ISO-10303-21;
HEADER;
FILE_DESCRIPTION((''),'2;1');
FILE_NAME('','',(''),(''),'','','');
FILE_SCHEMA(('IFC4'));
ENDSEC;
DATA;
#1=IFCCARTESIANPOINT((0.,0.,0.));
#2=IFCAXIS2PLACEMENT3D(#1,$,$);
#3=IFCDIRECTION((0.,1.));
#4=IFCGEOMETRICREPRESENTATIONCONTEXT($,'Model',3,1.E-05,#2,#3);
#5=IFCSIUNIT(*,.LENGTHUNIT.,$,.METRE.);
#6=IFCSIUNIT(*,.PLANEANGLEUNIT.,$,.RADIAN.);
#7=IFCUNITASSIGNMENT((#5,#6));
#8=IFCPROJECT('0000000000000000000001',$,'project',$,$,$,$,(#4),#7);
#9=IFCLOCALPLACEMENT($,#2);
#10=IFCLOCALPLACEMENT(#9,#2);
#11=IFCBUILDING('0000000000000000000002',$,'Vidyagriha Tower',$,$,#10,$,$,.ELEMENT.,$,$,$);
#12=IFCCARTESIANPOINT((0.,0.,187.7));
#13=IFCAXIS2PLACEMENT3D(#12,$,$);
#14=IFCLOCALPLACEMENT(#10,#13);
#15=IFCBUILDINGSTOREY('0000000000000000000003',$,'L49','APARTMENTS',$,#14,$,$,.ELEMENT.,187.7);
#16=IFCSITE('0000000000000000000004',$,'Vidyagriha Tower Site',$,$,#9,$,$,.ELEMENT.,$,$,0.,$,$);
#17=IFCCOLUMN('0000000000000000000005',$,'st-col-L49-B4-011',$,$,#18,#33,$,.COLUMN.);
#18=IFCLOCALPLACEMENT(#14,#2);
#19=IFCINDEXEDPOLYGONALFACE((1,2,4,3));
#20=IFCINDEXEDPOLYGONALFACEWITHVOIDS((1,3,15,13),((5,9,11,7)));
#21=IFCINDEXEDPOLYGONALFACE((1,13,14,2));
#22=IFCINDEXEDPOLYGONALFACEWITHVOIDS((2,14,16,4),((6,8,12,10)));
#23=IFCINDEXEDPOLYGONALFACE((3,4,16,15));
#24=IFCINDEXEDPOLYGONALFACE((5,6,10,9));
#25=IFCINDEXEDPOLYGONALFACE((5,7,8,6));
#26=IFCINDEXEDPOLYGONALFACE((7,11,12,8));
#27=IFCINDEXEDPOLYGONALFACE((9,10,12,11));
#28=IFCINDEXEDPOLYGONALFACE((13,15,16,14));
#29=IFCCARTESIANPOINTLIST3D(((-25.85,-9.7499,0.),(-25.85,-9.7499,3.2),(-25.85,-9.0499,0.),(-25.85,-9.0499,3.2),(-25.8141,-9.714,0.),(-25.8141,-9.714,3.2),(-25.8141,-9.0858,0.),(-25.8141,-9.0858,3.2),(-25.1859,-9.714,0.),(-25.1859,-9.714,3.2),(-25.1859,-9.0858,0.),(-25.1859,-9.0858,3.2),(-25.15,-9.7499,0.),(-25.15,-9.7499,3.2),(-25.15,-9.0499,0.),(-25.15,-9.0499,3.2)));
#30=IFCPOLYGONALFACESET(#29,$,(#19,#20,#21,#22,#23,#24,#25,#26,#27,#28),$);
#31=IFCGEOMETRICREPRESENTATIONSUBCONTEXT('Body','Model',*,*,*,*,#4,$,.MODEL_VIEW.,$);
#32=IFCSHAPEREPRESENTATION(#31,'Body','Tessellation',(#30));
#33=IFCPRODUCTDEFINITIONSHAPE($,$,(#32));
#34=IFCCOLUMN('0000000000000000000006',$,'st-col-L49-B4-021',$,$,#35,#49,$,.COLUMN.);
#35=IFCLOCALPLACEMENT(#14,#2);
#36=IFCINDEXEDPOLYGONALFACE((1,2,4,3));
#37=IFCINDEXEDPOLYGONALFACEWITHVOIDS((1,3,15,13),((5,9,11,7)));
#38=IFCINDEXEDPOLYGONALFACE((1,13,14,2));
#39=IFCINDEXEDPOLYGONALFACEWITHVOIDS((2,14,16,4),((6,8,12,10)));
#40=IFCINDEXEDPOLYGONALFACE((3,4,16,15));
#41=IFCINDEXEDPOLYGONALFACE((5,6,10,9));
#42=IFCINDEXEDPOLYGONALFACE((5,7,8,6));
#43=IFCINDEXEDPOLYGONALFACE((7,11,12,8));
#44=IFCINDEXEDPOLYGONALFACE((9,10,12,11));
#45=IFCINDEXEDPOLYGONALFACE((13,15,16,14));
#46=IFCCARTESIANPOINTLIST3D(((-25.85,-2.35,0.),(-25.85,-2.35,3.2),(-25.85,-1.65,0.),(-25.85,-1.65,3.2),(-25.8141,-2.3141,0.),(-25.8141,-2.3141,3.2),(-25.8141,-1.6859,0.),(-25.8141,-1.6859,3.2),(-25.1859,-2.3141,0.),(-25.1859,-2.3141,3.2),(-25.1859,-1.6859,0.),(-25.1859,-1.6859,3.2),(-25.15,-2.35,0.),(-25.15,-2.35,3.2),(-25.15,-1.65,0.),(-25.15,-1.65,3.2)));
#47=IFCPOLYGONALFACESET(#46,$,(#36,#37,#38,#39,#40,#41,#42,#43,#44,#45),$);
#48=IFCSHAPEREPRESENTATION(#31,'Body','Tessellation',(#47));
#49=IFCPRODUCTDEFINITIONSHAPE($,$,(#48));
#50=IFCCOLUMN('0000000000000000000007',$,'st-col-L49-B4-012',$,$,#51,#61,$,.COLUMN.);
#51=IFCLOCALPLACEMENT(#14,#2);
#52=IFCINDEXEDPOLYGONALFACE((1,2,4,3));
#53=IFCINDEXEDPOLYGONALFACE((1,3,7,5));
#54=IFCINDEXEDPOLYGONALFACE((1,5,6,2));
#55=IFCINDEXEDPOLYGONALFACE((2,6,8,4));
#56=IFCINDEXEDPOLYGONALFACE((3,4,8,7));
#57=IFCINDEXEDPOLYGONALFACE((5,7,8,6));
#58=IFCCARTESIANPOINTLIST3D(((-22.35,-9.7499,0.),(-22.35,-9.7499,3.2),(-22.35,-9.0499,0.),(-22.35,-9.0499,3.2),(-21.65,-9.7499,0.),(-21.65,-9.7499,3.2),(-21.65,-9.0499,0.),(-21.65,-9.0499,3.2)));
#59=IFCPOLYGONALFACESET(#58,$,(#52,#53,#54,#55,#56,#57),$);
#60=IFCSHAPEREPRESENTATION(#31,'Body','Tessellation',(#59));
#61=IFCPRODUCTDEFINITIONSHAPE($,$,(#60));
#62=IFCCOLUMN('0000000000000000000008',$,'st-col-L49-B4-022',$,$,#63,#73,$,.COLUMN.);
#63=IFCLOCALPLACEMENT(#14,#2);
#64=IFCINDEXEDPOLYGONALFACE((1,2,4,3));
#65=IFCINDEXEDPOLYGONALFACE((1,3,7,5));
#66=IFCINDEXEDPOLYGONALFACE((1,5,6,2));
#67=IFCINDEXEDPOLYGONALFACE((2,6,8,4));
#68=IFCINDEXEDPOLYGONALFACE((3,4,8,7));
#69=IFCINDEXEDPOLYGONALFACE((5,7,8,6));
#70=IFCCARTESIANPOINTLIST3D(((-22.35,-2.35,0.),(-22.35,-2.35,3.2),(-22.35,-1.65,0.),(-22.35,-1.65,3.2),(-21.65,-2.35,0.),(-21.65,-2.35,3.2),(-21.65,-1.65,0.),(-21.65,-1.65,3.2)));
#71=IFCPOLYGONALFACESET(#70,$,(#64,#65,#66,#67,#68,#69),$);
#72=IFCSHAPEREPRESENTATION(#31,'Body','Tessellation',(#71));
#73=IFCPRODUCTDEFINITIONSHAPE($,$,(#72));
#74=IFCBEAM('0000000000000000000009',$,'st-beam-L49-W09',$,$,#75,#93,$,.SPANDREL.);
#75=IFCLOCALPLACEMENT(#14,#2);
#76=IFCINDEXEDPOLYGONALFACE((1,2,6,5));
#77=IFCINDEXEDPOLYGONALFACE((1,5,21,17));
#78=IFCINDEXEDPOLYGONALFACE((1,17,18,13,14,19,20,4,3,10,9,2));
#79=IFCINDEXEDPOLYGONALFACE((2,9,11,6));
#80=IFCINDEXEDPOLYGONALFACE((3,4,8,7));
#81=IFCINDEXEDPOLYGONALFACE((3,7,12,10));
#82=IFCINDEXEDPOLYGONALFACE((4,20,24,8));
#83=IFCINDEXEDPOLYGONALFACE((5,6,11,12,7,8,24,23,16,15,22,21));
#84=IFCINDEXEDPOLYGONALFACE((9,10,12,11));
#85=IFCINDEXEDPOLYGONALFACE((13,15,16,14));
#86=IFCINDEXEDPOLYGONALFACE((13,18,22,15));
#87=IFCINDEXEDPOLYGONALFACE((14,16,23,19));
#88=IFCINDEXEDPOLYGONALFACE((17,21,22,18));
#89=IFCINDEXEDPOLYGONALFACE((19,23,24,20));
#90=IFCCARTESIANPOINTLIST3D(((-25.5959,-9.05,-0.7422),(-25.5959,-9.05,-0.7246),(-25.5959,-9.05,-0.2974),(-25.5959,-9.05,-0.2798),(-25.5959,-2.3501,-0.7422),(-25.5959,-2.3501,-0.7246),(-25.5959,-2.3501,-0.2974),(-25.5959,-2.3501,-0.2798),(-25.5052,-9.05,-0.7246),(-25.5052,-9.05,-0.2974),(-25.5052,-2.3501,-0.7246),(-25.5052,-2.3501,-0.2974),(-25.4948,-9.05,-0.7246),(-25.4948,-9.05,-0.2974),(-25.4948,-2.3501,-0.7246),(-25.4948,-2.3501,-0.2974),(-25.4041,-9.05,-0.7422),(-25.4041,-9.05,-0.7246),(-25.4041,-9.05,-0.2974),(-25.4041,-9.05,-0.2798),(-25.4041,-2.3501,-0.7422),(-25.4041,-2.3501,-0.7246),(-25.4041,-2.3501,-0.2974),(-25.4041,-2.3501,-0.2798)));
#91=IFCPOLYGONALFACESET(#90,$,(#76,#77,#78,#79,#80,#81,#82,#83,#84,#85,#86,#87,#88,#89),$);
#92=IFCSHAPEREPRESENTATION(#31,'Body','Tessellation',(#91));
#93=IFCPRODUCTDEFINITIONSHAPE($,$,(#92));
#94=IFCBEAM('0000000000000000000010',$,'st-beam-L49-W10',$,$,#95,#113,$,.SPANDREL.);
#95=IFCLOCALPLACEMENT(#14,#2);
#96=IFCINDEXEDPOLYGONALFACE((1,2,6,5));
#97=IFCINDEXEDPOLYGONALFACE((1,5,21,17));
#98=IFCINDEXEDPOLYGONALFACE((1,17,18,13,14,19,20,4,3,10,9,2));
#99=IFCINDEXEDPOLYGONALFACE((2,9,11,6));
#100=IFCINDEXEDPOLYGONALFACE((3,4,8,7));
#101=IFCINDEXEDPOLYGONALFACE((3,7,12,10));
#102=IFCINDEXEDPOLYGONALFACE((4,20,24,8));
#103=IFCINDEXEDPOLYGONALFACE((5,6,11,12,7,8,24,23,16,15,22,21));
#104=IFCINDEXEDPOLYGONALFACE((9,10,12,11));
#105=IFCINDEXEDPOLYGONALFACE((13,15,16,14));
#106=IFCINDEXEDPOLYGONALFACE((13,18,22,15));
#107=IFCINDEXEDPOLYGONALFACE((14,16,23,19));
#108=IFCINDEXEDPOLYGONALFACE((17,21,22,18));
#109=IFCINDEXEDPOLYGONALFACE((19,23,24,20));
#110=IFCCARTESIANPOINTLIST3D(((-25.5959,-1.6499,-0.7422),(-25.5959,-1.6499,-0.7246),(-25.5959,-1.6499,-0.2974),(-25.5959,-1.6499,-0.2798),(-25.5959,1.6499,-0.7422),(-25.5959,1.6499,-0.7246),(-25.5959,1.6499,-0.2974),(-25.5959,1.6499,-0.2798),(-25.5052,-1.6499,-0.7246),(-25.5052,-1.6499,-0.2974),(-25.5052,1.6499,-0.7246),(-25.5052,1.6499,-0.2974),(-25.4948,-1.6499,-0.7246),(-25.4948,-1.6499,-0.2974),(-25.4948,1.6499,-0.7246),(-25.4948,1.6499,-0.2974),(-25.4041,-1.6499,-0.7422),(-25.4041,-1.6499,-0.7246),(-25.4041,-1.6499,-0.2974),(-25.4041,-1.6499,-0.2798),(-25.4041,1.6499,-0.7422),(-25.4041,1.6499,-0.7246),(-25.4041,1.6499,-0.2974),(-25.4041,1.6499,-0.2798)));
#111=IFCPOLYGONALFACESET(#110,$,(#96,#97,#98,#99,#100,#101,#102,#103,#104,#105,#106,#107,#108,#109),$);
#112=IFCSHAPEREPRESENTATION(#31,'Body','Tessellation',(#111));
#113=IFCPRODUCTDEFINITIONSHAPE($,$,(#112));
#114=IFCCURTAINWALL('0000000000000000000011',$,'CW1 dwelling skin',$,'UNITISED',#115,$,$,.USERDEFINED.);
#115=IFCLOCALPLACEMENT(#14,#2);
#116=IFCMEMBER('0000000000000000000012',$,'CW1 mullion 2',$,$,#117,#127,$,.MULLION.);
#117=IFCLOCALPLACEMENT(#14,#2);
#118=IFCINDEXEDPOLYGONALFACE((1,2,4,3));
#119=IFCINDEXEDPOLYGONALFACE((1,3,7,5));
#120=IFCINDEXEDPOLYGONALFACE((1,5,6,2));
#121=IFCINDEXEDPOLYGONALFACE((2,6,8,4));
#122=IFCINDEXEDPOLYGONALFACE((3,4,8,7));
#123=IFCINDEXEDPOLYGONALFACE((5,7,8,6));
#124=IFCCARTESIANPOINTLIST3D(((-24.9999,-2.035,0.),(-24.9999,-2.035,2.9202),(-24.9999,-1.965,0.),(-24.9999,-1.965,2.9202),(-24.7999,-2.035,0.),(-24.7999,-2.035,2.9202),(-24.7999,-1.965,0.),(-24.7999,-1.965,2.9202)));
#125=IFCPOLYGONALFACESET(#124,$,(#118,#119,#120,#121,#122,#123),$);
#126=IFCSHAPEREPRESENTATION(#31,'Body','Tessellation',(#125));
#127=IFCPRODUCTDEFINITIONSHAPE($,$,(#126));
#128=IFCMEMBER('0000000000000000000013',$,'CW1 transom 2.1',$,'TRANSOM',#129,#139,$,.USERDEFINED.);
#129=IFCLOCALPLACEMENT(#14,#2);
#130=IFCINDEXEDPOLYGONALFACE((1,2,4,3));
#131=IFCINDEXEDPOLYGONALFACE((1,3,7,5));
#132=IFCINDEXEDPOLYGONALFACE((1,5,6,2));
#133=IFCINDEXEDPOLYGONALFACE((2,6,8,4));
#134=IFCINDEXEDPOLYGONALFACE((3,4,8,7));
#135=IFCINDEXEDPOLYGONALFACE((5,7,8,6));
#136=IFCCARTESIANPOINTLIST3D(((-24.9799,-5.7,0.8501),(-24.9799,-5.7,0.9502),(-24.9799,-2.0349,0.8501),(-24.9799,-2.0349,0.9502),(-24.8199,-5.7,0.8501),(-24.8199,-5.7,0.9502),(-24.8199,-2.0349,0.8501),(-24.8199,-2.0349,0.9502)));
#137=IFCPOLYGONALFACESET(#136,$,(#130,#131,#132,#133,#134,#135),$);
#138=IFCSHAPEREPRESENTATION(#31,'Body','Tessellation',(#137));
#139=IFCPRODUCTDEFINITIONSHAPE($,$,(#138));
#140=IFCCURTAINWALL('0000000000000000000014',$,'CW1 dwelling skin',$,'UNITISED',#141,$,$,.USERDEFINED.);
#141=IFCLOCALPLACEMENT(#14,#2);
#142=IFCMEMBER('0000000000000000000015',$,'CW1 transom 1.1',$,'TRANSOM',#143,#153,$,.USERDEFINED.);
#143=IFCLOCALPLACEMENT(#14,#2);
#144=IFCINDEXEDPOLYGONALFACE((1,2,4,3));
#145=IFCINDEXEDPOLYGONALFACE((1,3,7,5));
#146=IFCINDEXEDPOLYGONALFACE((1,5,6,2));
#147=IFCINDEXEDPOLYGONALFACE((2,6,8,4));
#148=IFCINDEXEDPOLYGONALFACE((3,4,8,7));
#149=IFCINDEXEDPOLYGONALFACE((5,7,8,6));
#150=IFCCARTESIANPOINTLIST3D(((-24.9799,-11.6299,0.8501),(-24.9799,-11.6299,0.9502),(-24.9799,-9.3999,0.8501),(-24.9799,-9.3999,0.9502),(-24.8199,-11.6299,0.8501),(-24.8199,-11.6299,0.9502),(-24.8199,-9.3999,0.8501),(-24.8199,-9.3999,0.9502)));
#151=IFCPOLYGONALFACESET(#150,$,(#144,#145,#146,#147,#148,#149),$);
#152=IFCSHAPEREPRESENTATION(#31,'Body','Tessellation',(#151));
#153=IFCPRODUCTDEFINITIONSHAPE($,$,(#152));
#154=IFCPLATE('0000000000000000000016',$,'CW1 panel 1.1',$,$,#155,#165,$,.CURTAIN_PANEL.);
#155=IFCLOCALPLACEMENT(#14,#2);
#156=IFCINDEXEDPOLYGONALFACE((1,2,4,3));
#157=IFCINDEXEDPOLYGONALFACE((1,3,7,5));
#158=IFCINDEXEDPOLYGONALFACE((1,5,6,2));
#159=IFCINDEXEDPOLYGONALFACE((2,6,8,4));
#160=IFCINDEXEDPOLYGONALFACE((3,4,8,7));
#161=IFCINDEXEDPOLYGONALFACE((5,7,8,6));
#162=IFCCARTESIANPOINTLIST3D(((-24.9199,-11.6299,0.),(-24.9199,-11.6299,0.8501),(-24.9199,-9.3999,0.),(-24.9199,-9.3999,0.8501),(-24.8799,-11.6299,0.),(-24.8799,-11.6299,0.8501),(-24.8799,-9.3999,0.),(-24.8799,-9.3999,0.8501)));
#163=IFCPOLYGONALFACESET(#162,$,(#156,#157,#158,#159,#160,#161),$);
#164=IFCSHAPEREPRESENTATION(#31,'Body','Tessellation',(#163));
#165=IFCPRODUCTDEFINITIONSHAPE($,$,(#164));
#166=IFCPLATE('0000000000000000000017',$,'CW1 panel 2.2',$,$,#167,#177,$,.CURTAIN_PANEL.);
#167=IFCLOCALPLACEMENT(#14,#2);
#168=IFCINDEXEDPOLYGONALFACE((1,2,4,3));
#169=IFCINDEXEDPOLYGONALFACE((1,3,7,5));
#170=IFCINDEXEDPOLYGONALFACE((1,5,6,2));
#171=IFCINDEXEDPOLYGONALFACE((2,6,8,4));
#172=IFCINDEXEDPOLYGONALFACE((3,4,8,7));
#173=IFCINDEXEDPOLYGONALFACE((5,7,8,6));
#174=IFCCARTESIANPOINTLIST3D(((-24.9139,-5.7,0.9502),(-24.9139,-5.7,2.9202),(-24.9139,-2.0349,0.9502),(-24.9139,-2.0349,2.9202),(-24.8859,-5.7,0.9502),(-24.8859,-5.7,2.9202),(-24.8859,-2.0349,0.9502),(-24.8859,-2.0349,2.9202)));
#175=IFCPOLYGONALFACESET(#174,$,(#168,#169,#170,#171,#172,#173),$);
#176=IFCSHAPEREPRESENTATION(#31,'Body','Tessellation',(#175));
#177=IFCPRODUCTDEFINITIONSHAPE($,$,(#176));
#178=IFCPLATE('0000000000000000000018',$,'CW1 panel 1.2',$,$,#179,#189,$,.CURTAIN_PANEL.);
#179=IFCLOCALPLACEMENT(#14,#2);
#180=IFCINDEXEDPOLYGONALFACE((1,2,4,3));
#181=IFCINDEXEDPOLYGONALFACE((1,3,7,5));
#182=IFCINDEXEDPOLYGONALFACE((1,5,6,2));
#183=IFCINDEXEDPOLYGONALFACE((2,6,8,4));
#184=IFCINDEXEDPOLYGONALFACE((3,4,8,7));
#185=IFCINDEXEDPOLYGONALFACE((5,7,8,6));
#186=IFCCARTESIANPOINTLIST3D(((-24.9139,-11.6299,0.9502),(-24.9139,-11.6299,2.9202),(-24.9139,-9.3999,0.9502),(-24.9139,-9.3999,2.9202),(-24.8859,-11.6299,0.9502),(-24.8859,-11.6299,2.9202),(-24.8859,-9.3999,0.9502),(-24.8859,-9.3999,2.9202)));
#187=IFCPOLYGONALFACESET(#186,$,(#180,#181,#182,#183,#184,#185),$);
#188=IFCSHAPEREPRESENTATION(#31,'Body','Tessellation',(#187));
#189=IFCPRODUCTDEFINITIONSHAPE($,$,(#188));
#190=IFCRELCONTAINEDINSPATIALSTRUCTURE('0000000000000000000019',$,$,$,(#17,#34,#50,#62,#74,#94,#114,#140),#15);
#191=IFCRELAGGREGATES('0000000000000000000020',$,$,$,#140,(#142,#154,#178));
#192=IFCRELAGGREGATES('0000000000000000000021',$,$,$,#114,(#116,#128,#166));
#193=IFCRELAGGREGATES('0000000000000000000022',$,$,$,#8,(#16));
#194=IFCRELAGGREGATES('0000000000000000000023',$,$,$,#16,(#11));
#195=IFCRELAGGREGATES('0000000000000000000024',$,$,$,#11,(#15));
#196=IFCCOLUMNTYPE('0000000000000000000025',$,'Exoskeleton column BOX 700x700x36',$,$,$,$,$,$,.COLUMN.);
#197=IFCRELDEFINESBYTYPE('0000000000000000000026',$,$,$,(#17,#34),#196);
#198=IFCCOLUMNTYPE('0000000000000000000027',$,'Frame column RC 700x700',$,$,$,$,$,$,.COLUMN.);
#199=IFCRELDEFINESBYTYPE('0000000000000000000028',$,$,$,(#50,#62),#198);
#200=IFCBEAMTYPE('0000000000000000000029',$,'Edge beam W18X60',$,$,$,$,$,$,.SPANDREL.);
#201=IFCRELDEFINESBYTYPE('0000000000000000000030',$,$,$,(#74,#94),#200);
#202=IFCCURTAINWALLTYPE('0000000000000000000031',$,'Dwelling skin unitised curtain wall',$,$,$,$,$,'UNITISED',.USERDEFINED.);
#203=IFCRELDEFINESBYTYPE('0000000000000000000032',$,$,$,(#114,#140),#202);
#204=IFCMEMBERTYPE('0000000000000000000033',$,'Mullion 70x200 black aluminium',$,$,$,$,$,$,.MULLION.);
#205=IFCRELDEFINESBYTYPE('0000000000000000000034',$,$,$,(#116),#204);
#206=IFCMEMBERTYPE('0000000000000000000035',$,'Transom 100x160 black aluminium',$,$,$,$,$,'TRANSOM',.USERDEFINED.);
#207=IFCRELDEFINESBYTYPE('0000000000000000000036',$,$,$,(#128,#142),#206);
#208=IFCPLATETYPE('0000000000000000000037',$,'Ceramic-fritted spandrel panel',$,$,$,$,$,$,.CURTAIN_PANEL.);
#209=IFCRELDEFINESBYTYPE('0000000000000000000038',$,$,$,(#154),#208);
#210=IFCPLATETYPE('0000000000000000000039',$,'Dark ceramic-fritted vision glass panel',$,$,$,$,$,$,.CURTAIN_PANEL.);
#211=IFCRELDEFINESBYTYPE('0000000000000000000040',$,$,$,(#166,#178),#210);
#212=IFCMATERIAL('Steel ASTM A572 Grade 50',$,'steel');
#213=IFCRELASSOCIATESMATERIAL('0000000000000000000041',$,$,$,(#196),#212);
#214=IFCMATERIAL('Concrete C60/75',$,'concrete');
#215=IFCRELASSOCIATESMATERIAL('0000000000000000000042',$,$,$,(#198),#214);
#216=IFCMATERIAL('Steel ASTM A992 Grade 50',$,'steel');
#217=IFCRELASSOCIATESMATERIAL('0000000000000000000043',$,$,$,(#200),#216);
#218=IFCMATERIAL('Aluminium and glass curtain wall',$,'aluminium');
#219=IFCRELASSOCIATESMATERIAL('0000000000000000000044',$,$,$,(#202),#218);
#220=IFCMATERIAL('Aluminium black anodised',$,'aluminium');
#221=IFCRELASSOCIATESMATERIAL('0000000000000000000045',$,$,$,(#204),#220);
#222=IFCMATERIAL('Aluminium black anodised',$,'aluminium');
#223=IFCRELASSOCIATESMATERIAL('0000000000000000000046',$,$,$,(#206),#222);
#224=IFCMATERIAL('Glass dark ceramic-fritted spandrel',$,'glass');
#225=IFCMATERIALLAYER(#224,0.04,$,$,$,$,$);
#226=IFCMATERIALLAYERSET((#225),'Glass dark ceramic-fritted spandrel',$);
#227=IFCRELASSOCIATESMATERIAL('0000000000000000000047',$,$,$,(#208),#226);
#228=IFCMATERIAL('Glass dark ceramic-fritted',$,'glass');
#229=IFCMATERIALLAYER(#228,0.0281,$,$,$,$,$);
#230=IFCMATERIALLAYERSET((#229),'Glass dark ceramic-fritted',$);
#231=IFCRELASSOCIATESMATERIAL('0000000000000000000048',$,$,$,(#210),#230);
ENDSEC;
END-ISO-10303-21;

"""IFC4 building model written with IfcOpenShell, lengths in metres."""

from ifc_helpers import new_model, si_unit, direction, frame, origin, origin_2d, place, context, subcontext, project, spatial, rectangle, hollow_rectangle, i_section, extrude, material, layer, layer_set, material_profile, profile_set, type_object, element, aggregate, save


model = new_model("IFC4")

# Units and contexts
model_context = context("Model", 3, precision=1e-05, world=origin(), true_north=direction((0.0, 1.0)))
body_context = subcontext(model_context, "Body", "Model", "MODEL_VIEW")
ifc_project = project(units=[si_unit("LENGTHUNIT", "METRE"), si_unit("PLANEANGLEUNIT", "RADIAN")], contexts=[model_context])

# Site, building, storey
site_placement = place(None, origin())
site = spatial("IfcSite", under=ifc_project, at=site_placement, Name="Vidyagriha Tower Site", CompositionType="ELEMENT", RefElevation=0.0)
building_placement = place(site_placement, origin())
building = spatial("IfcBuilding", under=site, at=building_placement, Name="Vidyagriha Tower", CompositionType="ELEMENT")
storey_placement = place(building_placement, frame((0.0, 0.0, 187.7)))
storey = spatial("IfcBuildingStorey", under=building, at=storey_placement, Name="L49", Description="APARTMENTS", CompositionType="ELEMENT", Elevation=187.7)

# Columns
ifc_material_1 = material(Name="Steel ASTM A572 Grade 50", Category="steel")
ifc_material_profile_1 = material_profile(ifc_material_1, hollow_rectangle(XDim=0.7, YDim=0.7, WallThickness=0.0359, at=origin_2d()), Name="BOX 700x700x36")
ifc_profile_set_1 = profile_set([ifc_material_profile_1], Name="Steel ASTM A572 Grade 50")
column_type_1 = type_object("IfcColumnType", Name="Exoskeleton column BOX 700x700x36", PredefinedType="COLUMN", material=ifc_profile_set_1)
for number, where, name in (
    (1, (-25.5, -9.3999, 0.0), "st-col-L49-B4-011"),
    (2, (-25.5, -2.0, 0.0), "st-col-L49-B4-021"),
):
    element("IfcColumn", number, at=place(storey_placement, frame(where)), inside=storey, type_object=column_type_1, Name=name, PredefinedType="COLUMN", context=body_context, shape_type="SweptSolid", body=[
        extrude(hollow_rectangle(XDim=0.7, YDim=0.7, WallThickness=0.0359, at=origin_2d()), origin(), (0.0, 0.0, 1.0), 3.2),
    ])
ifc_material_2 = material(Name="Concrete C60/75", Category="concrete")
ifc_material_profile_2 = material_profile(ifc_material_2, rectangle(XDim=0.7, YDim=0.7, at=origin_2d()), Name="RC 700x700")
ifc_profile_set_2 = profile_set([ifc_material_profile_2], Name="Concrete C60/75")
column_type_2 = type_object("IfcColumnType", Name="Frame column RC 700x700", PredefinedType="COLUMN", material=ifc_profile_set_2)
for number, where, name in (
    (3, (-22.0, -9.3999, 0.0), "st-col-L49-B4-012"),
    (4, (-22.0, -2.0, 0.0), "st-col-L49-B4-022"),
):
    element("IfcColumn", number, at=place(storey_placement, frame(where)), inside=storey, type_object=column_type_2, Name=name, PredefinedType="COLUMN", context=body_context, shape_type="SweptSolid", body=[
        extrude(rectangle(XDim=0.7, YDim=0.7, at=origin_2d()), origin(), (0.0, 0.0, 1.0), 3.2),
    ])

# Beams
ifc_material_3 = material(Name="Steel ASTM A992 Grade 50", Category="steel")
ifc_material_profile_3 = material_profile(ifc_material_3, i_section(OverallWidth=0.1919, OverallDepth=0.4624, WebThickness=0.0105, FlangeThickness=0.0176, at=origin_2d()), Name="W18X60")
ifc_profile_set_3 = profile_set([ifc_material_profile_3], Name="Steel ASTM A992 Grade 50")
beam_type = type_object("IfcBeamType", Name="Edge beam W18X60", PredefinedType="SPANDREL", material=ifc_profile_set_3)
beam_1_placement = place(storey_placement, frame((-25.5, -9.05, -0.511), z_axis=(0.0, 1.0, 0.0), x_axis=(-1.0, 0.0, 0.0)))
element("IfcBeam", 5, at=beam_1_placement, inside=storey, type_object=beam_type, Name="st-beam-L49-W09", PredefinedType="SPANDREL", context=body_context, shape_type="SweptSolid", body=[
    extrude(i_section(OverallWidth=0.1919, OverallDepth=0.4624, WebThickness=0.0105, FlangeThickness=0.0176, at=origin_2d()), origin(), (0.0, 0.0, 1.0), 6.7),
])
beam_2_placement = place(storey_placement, frame((-25.5, -1.6499, -0.511), z_axis=(0.0, 1.0, 0.0), x_axis=(-1.0, 0.0, 0.0)))
element("IfcBeam", 6, at=beam_2_placement, inside=storey, type_object=beam_type, Name="st-beam-L49-W10", PredefinedType="SPANDREL", context=body_context, shape_type="SweptSolid", body=[
    extrude(i_section(OverallWidth=0.1919, OverallDepth=0.4624, WebThickness=0.0105, FlangeThickness=0.0176, at=origin_2d()), origin(), (0.0, 0.0, 1.0), 3.2998),
])

# Curtain wall, members
ifc_material_4 = material(Name="Aluminium and glass curtain wall", Category="aluminium")
curtain_wall_type = type_object("IfcCurtainWallType", Name="Dwelling skin unitised curtain wall", ElementType="UNITISED", PredefinedType="USERDEFINED", material=ifc_material_4)
curtain_wall_1_placement = place(storey_placement, origin())
curtain_wall_1 = element("IfcCurtainWall", 7, at=curtain_wall_1_placement, inside=storey, type_object=curtain_wall_type, Name="CW1 dwelling skin", ObjectType="UNITISED", PredefinedType="USERDEFINED")
ifc_material_5 = material(Name="Aluminium black anodised", Category="aluminium")
ifc_material_profile_4 = material_profile(ifc_material_5, rectangle(XDim=0.2, YDim=0.0701, at=origin_2d()), Name="Mullion 70x200 black aluminium")
ifc_profile_set_4 = profile_set([ifc_material_profile_4], Name="Aluminium black anodised")
member_type_1 = type_object("IfcMemberType", Name="Mullion 70x200 black aluminium", PredefinedType="MULLION", material=ifc_profile_set_4)
member_1_placement = place(storey_placement, frame((-24.8999, -2.0, 0.0)))
member_1 = element("IfcMember", 8, at=member_1_placement, type_object=member_type_1, Name="CW1 mullion 2", PredefinedType="MULLION", context=body_context, shape_type="SweptSolid", body=[
    extrude(rectangle(XDim=0.2, YDim=0.0701, at=origin_2d()), origin(), (0.0, 0.0, 1.0), 2.9202),
])
ifc_material_6 = material(Name="Aluminium black anodised", Category="aluminium")
ifc_material_profile_5 = material_profile(ifc_material_6, rectangle(XDim=0.1599, YDim=0.1001, at=origin_2d()), Name="Transom 100x160 black aluminium")
ifc_profile_set_5 = profile_set([ifc_material_profile_5], Name="Aluminium black anodised")
member_type_2 = type_object("IfcMemberType", Name="Transom 100x160 black aluminium", ElementType="TRANSOM", PredefinedType="USERDEFINED", material=ifc_profile_set_5)
member_2_placement = place(storey_placement, frame((-24.8999, -2.0349, 0.9001), z_axis=(0.0, -1.0, 0.0), x_axis=(1.0, 0.0, 0.0)))
member_2 = element("IfcMember", 9, at=member_2_placement, type_object=member_type_2, Name="CW1 transom 2.1", ObjectType="TRANSOM", PredefinedType="USERDEFINED", context=body_context, shape_type="SweptSolid", body=[
    extrude(rectangle(XDim=0.1599, YDim=0.1001, at=origin_2d()), origin(), (0.0, 0.0, 1.0), 3.665),
])

# Curtain wall, member, plate
curtain_wall_2_placement = place(storey_placement, origin())
curtain_wall_2 = element("IfcCurtainWall", 10, at=curtain_wall_2_placement, inside=storey, type_object=curtain_wall_type, Name="CW1 dwelling skin", ObjectType="UNITISED", PredefinedType="USERDEFINED")
member_3_placement = place(storey_placement, frame((-24.8999, -9.3999, 0.9001), z_axis=(0.0, -1.0, 0.0), x_axis=(1.0, 0.0, 0.0)))
member_3 = element("IfcMember", 11, at=member_3_placement, type_object=member_type_2, Name="CW1 transom 1.1", ObjectType="TRANSOM", PredefinedType="USERDEFINED", context=body_context, shape_type="SweptSolid", body=[
    extrude(rectangle(XDim=0.1599, YDim=0.1001, at=origin_2d()), origin(), (0.0, 0.0, 1.0), 2.23),
])
ifc_material_7 = material(Name="Glass dark ceramic-fritted spandrel", Category="glass")
ifc_layer_1 = layer(ifc_material_7, 0.04)
ifc_layer_set_1 = layer_set([ifc_layer_1], Name="Glass dark ceramic-fritted spandrel")
plate_type_1 = type_object("IfcPlateType", Name="Ceramic-fritted spandrel panel", PredefinedType="CURTAIN_PANEL", material=ifc_layer_set_1)
plate_1_placement = place(storey_placement, frame((-24.8999, -10.5149, 0.0), z_axis=(0.0, 0.0, 1.0), x_axis=(0.0, -1.0, 0.0)))
plate_1 = element("IfcPlate", 12, at=plate_1_placement, type_object=plate_type_1, Name="CW1 panel 1.1", PredefinedType="CURTAIN_PANEL", context=body_context, shape_type="SweptSolid", body=[
    extrude(rectangle(XDim=2.23, YDim=0.04, at=origin_2d()), origin(), (0.0, 0.0, 1.0), 0.8501),
])

# Plates
ifc_material_8 = material(Name="Glass dark ceramic-fritted", Category="glass")
ifc_layer_2 = layer(ifc_material_8, 0.0281)
ifc_layer_set_2 = layer_set([ifc_layer_2], Name="Glass dark ceramic-fritted")
plate_type_2 = type_object("IfcPlateType", Name="Dark ceramic-fritted vision glass panel", PredefinedType="CURTAIN_PANEL", material=ifc_layer_set_2)
plate_2_placement = place(storey_placement, frame((-24.8999, -3.8674, 0.9502), z_axis=(0.0, 0.0, 1.0), x_axis=(0.0, -1.0, 0.0)))
plate_2 = element("IfcPlate", 13, at=plate_2_placement, type_object=plate_type_2, Name="CW1 panel 2.2", PredefinedType="CURTAIN_PANEL", context=body_context, shape_type="SweptSolid", body=[
    extrude(rectangle(XDim=3.665, YDim=0.0281, at=origin_2d()), origin(), (0.0, 0.0, 1.0), 1.97),
])
plate_3_placement = place(storey_placement, frame((-24.8999, -10.5149, 0.9502), z_axis=(0.0, 0.0, 1.0), x_axis=(0.0, -1.0, 0.0)))
plate_3 = element("IfcPlate", 14, at=plate_3_placement, type_object=plate_type_2, Name="CW1 panel 1.2", PredefinedType="CURTAIN_PANEL", context=body_context, shape_type="SweptSolid", body=[
    extrude(rectangle(XDim=2.23, YDim=0.0281, at=origin_2d()), origin(), (0.0, 0.0, 1.0), 1.97),
])
aggregate(curtain_wall_2, [member_3, plate_1, plate_3])
aggregate(curtain_wall_1, [member_1, member_2, plate_2])

save(model, "model.ifc")
